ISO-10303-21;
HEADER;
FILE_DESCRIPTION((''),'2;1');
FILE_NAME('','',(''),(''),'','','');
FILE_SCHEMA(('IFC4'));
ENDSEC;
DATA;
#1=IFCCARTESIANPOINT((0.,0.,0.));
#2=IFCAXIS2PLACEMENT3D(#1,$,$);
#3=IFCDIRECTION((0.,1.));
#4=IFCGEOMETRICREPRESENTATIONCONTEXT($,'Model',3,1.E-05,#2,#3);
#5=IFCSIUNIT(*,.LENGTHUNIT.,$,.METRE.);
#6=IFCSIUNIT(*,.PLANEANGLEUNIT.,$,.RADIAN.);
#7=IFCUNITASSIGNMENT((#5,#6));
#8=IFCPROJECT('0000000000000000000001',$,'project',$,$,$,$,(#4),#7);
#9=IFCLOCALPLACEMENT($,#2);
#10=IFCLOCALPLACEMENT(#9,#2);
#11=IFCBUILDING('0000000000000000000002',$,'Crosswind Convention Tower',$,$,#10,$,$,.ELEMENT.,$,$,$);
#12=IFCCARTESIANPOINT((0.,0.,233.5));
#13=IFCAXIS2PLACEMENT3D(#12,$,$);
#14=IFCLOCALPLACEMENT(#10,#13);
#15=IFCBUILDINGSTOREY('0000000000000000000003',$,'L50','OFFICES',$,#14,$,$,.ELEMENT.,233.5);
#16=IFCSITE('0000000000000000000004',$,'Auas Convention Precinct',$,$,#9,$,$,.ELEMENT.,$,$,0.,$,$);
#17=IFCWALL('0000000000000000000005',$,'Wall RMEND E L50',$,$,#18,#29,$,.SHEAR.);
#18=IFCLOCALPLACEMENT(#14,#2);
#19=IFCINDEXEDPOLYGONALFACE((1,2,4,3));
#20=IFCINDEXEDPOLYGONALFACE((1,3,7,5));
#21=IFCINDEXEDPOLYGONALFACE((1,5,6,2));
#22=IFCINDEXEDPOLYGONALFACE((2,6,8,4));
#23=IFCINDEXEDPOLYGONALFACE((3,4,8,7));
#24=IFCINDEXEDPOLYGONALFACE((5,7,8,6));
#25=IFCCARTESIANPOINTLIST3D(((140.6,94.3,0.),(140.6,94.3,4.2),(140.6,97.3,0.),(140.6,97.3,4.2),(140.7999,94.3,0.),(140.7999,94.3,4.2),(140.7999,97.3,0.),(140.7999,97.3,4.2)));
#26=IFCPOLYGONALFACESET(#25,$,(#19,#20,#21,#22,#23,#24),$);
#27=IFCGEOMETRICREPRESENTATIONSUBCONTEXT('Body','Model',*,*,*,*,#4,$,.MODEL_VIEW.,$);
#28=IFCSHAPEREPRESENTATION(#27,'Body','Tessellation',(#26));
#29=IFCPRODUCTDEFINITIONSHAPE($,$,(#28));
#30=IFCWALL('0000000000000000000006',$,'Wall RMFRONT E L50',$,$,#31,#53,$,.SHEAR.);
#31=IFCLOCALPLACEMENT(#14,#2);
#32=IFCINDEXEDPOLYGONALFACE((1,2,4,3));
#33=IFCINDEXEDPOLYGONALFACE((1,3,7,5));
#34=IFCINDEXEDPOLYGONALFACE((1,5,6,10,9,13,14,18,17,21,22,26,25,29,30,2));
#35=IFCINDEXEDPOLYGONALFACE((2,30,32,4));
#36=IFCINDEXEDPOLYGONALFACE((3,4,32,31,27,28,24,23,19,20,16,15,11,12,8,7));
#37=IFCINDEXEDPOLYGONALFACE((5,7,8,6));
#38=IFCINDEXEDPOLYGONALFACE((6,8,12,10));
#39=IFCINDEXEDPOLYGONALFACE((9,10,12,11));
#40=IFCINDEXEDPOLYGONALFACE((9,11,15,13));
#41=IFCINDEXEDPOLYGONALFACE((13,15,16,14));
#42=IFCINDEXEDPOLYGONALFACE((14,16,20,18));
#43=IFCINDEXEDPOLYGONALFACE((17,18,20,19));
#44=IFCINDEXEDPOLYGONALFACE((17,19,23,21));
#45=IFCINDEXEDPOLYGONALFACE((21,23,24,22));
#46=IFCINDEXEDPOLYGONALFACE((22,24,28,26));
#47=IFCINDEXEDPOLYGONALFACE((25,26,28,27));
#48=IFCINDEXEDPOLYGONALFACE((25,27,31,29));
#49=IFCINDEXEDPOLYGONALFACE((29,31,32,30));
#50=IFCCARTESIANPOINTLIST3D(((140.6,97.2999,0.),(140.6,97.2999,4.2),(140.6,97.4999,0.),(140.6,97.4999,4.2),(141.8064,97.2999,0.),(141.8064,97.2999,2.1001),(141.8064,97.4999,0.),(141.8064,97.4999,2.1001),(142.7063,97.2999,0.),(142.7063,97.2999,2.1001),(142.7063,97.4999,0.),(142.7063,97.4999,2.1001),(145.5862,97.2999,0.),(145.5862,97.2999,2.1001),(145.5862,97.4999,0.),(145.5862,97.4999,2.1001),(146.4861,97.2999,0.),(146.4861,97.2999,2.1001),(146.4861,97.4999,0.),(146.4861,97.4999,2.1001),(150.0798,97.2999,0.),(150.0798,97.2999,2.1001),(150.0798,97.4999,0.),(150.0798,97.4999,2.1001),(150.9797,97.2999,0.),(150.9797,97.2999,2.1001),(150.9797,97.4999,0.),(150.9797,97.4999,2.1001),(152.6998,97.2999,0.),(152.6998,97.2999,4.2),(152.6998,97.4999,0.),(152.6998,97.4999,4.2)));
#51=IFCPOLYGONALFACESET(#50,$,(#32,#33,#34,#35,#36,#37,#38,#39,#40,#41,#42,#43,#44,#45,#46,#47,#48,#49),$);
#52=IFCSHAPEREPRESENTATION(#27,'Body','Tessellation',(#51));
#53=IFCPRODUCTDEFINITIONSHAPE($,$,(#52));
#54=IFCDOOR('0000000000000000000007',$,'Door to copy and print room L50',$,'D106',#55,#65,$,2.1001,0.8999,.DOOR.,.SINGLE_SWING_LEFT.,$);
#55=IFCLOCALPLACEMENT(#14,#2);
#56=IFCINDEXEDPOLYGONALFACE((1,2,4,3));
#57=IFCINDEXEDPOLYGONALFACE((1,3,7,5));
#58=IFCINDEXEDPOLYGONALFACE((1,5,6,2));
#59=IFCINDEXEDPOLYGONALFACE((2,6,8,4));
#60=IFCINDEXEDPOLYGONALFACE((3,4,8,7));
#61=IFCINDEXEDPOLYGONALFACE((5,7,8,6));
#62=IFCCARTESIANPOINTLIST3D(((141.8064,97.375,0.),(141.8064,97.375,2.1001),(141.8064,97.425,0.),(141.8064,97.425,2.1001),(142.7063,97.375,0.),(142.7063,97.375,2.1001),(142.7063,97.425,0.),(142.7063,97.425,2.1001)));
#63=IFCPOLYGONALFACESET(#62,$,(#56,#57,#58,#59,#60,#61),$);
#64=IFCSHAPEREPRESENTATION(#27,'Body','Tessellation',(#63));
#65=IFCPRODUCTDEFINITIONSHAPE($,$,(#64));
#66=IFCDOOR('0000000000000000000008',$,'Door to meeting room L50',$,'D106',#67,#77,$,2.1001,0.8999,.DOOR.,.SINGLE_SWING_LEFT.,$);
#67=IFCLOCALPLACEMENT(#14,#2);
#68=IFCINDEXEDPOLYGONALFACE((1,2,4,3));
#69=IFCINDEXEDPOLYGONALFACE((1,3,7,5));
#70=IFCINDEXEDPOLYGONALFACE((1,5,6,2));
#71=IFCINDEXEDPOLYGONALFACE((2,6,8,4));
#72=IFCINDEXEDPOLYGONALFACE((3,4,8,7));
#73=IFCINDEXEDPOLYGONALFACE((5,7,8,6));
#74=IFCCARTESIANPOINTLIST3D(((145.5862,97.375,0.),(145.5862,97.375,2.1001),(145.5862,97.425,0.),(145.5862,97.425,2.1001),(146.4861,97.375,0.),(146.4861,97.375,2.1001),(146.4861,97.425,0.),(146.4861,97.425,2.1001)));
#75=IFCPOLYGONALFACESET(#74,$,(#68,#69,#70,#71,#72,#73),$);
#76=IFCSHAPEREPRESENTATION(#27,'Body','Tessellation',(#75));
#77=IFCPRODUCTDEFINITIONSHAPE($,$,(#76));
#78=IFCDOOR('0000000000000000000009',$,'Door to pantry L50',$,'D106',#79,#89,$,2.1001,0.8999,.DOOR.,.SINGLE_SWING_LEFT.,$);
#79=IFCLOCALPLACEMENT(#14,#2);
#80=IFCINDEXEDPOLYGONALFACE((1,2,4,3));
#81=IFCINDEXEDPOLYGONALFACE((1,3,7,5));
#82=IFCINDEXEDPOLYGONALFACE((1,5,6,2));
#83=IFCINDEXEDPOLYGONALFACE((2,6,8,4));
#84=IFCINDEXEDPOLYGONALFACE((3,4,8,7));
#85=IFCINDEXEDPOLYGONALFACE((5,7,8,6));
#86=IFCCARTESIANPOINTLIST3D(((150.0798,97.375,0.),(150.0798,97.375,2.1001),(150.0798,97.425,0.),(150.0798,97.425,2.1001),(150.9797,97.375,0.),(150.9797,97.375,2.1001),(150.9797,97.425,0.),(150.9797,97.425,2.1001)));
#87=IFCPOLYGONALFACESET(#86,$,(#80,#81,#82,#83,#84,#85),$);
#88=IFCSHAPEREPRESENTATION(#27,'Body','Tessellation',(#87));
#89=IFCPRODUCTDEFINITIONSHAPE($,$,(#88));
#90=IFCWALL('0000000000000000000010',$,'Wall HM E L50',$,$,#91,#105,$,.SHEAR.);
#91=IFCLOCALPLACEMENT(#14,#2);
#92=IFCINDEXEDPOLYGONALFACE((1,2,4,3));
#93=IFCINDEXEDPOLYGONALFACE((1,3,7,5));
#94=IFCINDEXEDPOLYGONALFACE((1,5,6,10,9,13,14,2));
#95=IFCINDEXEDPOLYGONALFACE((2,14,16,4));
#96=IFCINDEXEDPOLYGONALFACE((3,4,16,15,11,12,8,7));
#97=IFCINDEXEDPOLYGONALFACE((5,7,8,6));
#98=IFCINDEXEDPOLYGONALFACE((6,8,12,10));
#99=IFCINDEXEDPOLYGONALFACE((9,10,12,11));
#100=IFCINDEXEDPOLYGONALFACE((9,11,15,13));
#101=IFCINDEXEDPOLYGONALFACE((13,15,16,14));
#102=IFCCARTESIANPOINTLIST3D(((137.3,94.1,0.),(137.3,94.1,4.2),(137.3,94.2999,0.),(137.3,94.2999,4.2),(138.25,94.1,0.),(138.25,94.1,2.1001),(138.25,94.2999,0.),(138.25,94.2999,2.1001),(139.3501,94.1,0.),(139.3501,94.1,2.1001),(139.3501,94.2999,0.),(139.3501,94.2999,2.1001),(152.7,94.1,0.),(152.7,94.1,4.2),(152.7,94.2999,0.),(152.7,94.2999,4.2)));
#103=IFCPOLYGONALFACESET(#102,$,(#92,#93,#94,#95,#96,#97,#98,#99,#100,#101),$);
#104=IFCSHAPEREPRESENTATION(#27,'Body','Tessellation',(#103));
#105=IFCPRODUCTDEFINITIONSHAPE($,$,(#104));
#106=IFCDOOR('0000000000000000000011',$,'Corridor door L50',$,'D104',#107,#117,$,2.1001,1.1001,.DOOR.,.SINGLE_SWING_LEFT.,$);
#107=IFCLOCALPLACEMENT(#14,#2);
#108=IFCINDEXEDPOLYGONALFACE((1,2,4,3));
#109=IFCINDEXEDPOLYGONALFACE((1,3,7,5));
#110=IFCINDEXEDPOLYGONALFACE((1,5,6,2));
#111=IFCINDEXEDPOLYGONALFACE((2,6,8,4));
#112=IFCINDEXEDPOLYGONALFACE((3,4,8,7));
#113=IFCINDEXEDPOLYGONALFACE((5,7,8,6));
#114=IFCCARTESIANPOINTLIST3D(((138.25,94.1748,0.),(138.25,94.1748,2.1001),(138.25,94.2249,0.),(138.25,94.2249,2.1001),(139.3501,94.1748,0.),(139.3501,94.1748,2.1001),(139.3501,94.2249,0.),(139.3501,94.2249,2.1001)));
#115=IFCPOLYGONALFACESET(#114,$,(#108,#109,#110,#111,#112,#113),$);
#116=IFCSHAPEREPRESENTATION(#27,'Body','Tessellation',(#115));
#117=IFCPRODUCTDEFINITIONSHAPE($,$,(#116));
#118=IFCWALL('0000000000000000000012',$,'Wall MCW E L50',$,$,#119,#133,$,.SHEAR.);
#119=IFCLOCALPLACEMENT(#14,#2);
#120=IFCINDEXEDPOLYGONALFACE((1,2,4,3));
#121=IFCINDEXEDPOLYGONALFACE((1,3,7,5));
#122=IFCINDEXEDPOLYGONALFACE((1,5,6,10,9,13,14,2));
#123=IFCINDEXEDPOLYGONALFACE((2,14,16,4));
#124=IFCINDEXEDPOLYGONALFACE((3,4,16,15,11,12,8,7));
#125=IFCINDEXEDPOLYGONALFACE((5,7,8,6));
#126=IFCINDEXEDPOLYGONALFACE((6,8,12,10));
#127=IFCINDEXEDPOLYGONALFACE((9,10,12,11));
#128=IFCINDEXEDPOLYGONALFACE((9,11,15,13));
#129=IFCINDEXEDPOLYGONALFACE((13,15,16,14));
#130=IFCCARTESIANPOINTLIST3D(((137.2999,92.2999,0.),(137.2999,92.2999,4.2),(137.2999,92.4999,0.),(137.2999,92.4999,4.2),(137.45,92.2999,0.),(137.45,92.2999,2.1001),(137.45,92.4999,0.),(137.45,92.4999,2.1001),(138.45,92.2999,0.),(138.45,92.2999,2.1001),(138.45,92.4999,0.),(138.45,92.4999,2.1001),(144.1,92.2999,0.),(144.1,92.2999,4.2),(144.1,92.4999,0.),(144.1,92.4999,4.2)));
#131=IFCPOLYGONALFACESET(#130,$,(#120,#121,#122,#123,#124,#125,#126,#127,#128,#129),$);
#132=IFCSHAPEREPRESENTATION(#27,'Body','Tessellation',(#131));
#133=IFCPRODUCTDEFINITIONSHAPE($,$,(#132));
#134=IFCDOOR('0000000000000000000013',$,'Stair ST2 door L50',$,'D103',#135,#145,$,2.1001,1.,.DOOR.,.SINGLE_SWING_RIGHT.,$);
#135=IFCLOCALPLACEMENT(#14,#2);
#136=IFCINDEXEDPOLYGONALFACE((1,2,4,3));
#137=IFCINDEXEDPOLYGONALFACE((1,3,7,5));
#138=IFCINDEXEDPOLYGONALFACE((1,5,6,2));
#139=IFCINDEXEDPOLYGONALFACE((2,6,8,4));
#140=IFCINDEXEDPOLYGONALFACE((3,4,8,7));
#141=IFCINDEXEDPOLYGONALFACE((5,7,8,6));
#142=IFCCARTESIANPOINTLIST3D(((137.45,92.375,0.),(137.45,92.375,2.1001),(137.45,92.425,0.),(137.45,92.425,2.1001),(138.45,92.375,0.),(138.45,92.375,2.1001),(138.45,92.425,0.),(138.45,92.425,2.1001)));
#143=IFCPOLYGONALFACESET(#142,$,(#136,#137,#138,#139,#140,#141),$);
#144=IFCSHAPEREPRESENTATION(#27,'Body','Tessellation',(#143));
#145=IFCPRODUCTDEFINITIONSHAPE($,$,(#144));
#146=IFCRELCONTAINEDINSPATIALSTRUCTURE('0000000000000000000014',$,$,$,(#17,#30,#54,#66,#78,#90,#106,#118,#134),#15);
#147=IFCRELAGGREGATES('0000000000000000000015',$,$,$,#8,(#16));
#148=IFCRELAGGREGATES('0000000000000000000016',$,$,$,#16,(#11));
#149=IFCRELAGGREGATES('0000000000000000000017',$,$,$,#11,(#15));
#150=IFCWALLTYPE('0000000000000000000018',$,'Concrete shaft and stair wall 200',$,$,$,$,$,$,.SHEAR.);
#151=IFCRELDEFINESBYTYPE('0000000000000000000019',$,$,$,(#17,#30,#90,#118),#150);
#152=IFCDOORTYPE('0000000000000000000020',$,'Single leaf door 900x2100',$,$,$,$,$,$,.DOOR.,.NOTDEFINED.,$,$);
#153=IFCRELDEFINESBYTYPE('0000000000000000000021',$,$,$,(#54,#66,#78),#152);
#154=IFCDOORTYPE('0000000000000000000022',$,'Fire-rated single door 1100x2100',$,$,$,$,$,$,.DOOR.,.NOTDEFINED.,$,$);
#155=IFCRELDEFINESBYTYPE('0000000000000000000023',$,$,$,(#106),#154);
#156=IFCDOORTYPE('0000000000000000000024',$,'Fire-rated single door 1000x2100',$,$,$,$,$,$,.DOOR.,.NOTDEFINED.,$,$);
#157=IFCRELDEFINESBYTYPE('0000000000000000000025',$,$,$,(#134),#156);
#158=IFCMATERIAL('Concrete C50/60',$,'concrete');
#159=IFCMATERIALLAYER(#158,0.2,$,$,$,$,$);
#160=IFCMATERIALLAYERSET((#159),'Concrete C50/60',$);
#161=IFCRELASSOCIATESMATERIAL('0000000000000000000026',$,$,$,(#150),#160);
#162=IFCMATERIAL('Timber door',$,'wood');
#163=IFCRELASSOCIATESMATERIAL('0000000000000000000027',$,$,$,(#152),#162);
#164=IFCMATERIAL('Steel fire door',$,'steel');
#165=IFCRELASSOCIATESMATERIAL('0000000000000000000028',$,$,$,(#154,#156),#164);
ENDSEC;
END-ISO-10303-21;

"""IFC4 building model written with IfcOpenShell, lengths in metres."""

from ifc_helpers import new_model, si_unit, direction, frame, frame_2d, origin, place, context, subcontext, project, spatial, rectangle, extrude, material, layer, layer_set, type_object, element, fill, save


model = new_model("IFC4")

# Units and contexts
model_context = context("Model", 3, precision=1e-05, world=origin(), true_north=direction((0.0, 1.0)))
body_context = subcontext(model_context, "Body", "Model", "MODEL_VIEW")
ifc_project = project(units=[si_unit("LENGTHUNIT", "METRE"), si_unit("PLANEANGLEUNIT", "RADIAN")], contexts=[model_context])

# Site, building, storey
site_placement = place(None, origin())
site = spatial("IfcSite", under=ifc_project, at=site_placement, Name="Auas Convention Precinct", CompositionType="ELEMENT", RefElevation=0.0)
building_placement = place(site_placement, origin())
building = spatial("IfcBuilding", under=site, at=building_placement, Name="Crosswind Convention Tower", CompositionType="ELEMENT")
storey_placement = place(building_placement, frame((0.0, 0.0, 233.5)))
storey = spatial("IfcBuildingStorey", under=building, at=storey_placement, Name="L50", Description="OFFICES", CompositionType="ELEMENT", Elevation=233.5)

# Shared definitions
ifc_material_1 = material(Name="Concrete C50/60", Category="concrete")

# Wall
ifc_layer_1 = layer(ifc_material_1, 0.2)
ifc_layer_set_1 = layer_set([ifc_layer_1], Name="Concrete C50/60")
wall_type_1 = type_object("IfcWallType", Name="Concrete shaft and stair wall 200", PredefinedType="SHEAR", material=ifc_layer_set_1)
wall_1_placement = place(storey_placement, frame((140.7, 94.3, 0.0), z_axis=(0.0, 0.0, 1.0), x_axis=(0.0, 1.0, 0.0)))
element("IfcWall", 1, at=wall_1_placement, inside=storey, type_object=wall_type_1, Name="Wall RMEND E L50", PredefinedType="SHEAR", context=body_context, shape_type="SweptSolid", body=[
    extrude(rectangle(XDim=3.0, YDim=0.2, at=frame_2d((1.5, 0.0))), origin(), (0.0, 0.0, 1.0), 4.2),
])

# Wall, openings, doors
wall_2_placement = place(storey_placement, frame((140.6001, 97.3999, 0.0), z_axis=(0.0, 0.0, 1.0), x_axis=(1.0, 0.0, 0.0)))
wall_2 = element("IfcWall", 2, at=wall_2_placement, inside=storey, type_object=wall_type_1, Name="Wall RMFRONT E L50", PredefinedType="SHEAR", context=body_context, shape_type="SweptSolid", body=[
    extrude(rectangle(XDim=12.0999, YDim=0.2, at=frame_2d((6.0498, 0.0))), origin(), (0.0, 0.0, 1.0), 4.2),
])
opening_1_placement = place(wall_2_placement, frame((1.2063, 0.0, 0.0)))
opening_1 = element("IfcOpeningElement", 3, at=opening_1_placement, cuts=wall_2, PredefinedType="OPENING", context=body_context, shape_type="SweptSolid", body=[
    extrude(rectangle(XDim=0.8999, YDim=2.1001, at=frame_2d((0.45, 1.05))), frame((0.0, 0.1099, 0.0), z_axis=(0.0, -1.0, 0.0), x_axis=(1.0, 0.0, 0.0)), (0.0, 0.0, 1.0), 0.22),
])
opening_2_placement = place(wall_2_placement, frame((4.9861, 0.0, 0.0)))
opening_2 = element("IfcOpeningElement", 4, at=opening_2_placement, cuts=wall_2, PredefinedType="OPENING", context=body_context, shape_type="SweptSolid", body=[
    extrude(rectangle(XDim=0.8999, YDim=2.1001, at=frame_2d((0.45, 1.05))), frame((0.0, 0.1099, 0.0), z_axis=(0.0, -1.0, 0.0), x_axis=(1.0, 0.0, 0.0)), (0.0, 0.0, 1.0), 0.22),
])
opening_3_placement = place(wall_2_placement, frame((9.4797, 0.0, 0.0)))
opening_3 = element("IfcOpeningElement", 5, at=opening_3_placement, cuts=wall_2, PredefinedType="OPENING", context=body_context, shape_type="SweptSolid", body=[
    extrude(rectangle(XDim=0.8999, YDim=2.1001, at=frame_2d((0.45, 1.05))), frame((0.0, 0.1099, 0.0), z_axis=(0.0, -1.0, 0.0), x_axis=(1.0, 0.0, 0.0)), (0.0, 0.0, 1.0), 0.22),
])
ifc_material_2 = material(Name="Timber door", Category="wood")
door_type_1 = type_object("IfcDoorType", Name="Single leaf door 900x2100", OperationType="NOTDEFINED", PredefinedType="DOOR", material=ifc_material_2)
door_1_placement = place(opening_1_placement, frame((0.8999, 0.0, 0.0), z_axis=(0.0, 0.0, 1.0), x_axis=(-1.0, 0.0, 0.0)))
door_1 = element("IfcDoor", 6, at=door_1_placement, inside=storey, type_object=door_type_1, Name="Door to copy and print room L50", ObjectType="D106", OperationType="SINGLE_SWING_LEFT", OverallHeight=2.1001, OverallWidth=0.8999, PredefinedType="DOOR", context=body_context, shape_type="SweptSolid", body=[
    extrude(rectangle(XDim=0.8999, YDim=2.1001, at=frame_2d((0.45, 1.05))), frame((0.0, 0.0249, 0.0), z_axis=(0.0, -1.0, 0.0), x_axis=(1.0, 0.0, 0.0)), (0.0, 0.0, 1.0), 0.05),
])
fill(opening_1, door_1)
door_2_placement = place(opening_2_placement, frame((0.8999, 0.0, 0.0), z_axis=(0.0, 0.0, 1.0), x_axis=(-1.0, 0.0, 0.0)))
door_2 = element("IfcDoor", 7, at=door_2_placement, inside=storey, type_object=door_type_1, Name="Door to meeting room L50", ObjectType="D106", OperationType="SINGLE_SWING_LEFT", OverallHeight=2.1001, OverallWidth=0.8999, PredefinedType="DOOR", context=body_context, shape_type="SweptSolid", body=[
    extrude(rectangle(XDim=0.8999, YDim=2.1001, at=frame_2d((0.45, 1.05))), frame((0.0, 0.0249, 0.0), z_axis=(0.0, -1.0, 0.0), x_axis=(1.0, 0.0, 0.0)), (0.0, 0.0, 1.0), 0.05),
])
fill(opening_2, door_2)
door_3_placement = place(opening_3_placement, frame((0.8999, 0.0, 0.0), z_axis=(0.0, 0.0, 1.0), x_axis=(-1.0, 0.0, 0.0)))
door_3 = element("IfcDoor", 8, at=door_3_placement, inside=storey, type_object=door_type_1, Name="Door to pantry L50", ObjectType="D106", OperationType="SINGLE_SWING_LEFT", OverallHeight=2.1001, OverallWidth=0.8999, PredefinedType="DOOR", context=body_context, shape_type="SweptSolid", body=[
    extrude(rectangle(XDim=0.8999, YDim=2.1001, at=frame_2d((0.45, 1.05))), frame((0.0, 0.0249, 0.0), z_axis=(0.0, -1.0, 0.0), x_axis=(1.0, 0.0, 0.0)), (0.0, 0.0, 1.0), 0.05),
])
fill(opening_3, door_3)

# Walls, openings, doors
wall_3_placement = place(storey_placement, frame((137.3, 94.2, 0.0), z_axis=(0.0, 0.0, 1.0), x_axis=(1.0, 0.0, 0.0)))
wall_3 = element("IfcWall", 9, at=wall_3_placement, inside=storey, type_object=wall_type_1, Name="Wall HM E L50", PredefinedType="SHEAR", context=body_context, shape_type="SweptSolid", body=[
    extrude(rectangle(XDim=15.3999, YDim=0.2, at=frame_2d((7.7, 0.0))), origin(), (0.0, 0.0, 1.0), 4.2),
])
opening_4_placement = place(wall_3_placement, frame((0.95, 0.0, 0.0)))
opening_4 = element("IfcOpeningElement", 10, at=opening_4_placement, cuts=wall_3, PredefinedType="OPENING", context=body_context, shape_type="SweptSolid", body=[
    extrude(rectangle(XDim=1.1001, YDim=2.1001, at=frame_2d((0.55, 1.05))), frame((0.0, 0.1099, 0.0), z_axis=(0.0, -1.0, 0.0), x_axis=(1.0, 0.0, 0.0)), (0.0, 0.0, 1.0), 0.22),
])
ifc_material_3 = material(Name="Steel fire door", Category="steel")
door_type_2 = type_object("IfcDoorType", Name="Fire-rated single door 1100x2100", OperationType="NOTDEFINED", PredefinedType="DOOR", material=ifc_material_3)
door_4_placement = place(opening_4_placement, origin())
door_4 = element("IfcDoor", 11, at=door_4_placement, inside=storey, type_object=door_type_2, Name="Corridor door L50", ObjectType="D104", OperationType="SINGLE_SWING_LEFT", OverallHeight=2.1001, OverallWidth=1.1001, PredefinedType="DOOR", context=body_context, shape_type="SweptSolid", body=[
    extrude(rectangle(XDim=1.1001, YDim=2.1001, at=frame_2d((0.55, 1.05))), frame((0.0, 0.0249, 0.0), z_axis=(0.0, -1.0, 0.0), x_axis=(1.0, 0.0, 0.0)), (0.0, 0.0, 1.0), 0.05),
])
fill(opening_4, door_4)
wall_4_placement = place(storey_placement, frame((137.3, 92.3999, 0.0), z_axis=(0.0, 0.0, 1.0), x_axis=(1.0, 0.0, 0.0)))
wall_4 = element("IfcWall", 12, at=wall_4_placement, inside=storey, type_object=wall_type_1, Name="Wall MCW E L50", PredefinedType="SHEAR", context=body_context, shape_type="SweptSolid", body=[
    extrude(rectangle(XDim=6.8, YDim=0.2, at=frame_2d((3.3999, 0.0))), origin(), (0.0, 0.0, 1.0), 4.2),
])
opening_5_placement = place(wall_4_placement, frame((0.1499, 0.0, 0.0)))
opening_5 = element("IfcOpeningElement", 13, at=opening_5_placement, cuts=wall_4, PredefinedType="OPENING", context=body_context, shape_type="SweptSolid", body=[
    extrude(rectangle(XDim=1.0, YDim=2.1001, at=frame_2d((0.5, 1.05))), frame((0.0, 0.1099, 0.0), z_axis=(0.0, -1.0, 0.0), x_axis=(1.0, 0.0, 0.0)), (0.0, 0.0, 1.0), 0.22),
])
door_type_3 = type_object("IfcDoorType", Name="Fire-rated single door 1000x2100", OperationType="NOTDEFINED", PredefinedType="DOOR", material=ifc_material_3)
door_5_placement = place(opening_5_placement, frame((1.0, 0.0, 0.0), z_axis=(0.0, 0.0, 1.0), x_axis=(-1.0, 0.0, 0.0)))
door_5 = element("IfcDoor", 14, at=door_5_placement, inside=storey, type_object=door_type_3, Name="Stair ST2 door L50", ObjectType="D103", OperationType="SINGLE_SWING_RIGHT", OverallHeight=2.1001, OverallWidth=1.0, PredefinedType="DOOR", context=body_context, shape_type="SweptSolid", body=[
    extrude(rectangle(XDim=1.0, YDim=2.1001, at=frame_2d((0.5, 1.05))), frame((0.0, 0.0249, 0.0), z_axis=(0.0, -1.0, 0.0), x_axis=(1.0, 0.0, 0.0)), (0.0, 0.0, 1.0), 0.05),
])
fill(opening_5, door_5)

save(model, "model.ifc")
